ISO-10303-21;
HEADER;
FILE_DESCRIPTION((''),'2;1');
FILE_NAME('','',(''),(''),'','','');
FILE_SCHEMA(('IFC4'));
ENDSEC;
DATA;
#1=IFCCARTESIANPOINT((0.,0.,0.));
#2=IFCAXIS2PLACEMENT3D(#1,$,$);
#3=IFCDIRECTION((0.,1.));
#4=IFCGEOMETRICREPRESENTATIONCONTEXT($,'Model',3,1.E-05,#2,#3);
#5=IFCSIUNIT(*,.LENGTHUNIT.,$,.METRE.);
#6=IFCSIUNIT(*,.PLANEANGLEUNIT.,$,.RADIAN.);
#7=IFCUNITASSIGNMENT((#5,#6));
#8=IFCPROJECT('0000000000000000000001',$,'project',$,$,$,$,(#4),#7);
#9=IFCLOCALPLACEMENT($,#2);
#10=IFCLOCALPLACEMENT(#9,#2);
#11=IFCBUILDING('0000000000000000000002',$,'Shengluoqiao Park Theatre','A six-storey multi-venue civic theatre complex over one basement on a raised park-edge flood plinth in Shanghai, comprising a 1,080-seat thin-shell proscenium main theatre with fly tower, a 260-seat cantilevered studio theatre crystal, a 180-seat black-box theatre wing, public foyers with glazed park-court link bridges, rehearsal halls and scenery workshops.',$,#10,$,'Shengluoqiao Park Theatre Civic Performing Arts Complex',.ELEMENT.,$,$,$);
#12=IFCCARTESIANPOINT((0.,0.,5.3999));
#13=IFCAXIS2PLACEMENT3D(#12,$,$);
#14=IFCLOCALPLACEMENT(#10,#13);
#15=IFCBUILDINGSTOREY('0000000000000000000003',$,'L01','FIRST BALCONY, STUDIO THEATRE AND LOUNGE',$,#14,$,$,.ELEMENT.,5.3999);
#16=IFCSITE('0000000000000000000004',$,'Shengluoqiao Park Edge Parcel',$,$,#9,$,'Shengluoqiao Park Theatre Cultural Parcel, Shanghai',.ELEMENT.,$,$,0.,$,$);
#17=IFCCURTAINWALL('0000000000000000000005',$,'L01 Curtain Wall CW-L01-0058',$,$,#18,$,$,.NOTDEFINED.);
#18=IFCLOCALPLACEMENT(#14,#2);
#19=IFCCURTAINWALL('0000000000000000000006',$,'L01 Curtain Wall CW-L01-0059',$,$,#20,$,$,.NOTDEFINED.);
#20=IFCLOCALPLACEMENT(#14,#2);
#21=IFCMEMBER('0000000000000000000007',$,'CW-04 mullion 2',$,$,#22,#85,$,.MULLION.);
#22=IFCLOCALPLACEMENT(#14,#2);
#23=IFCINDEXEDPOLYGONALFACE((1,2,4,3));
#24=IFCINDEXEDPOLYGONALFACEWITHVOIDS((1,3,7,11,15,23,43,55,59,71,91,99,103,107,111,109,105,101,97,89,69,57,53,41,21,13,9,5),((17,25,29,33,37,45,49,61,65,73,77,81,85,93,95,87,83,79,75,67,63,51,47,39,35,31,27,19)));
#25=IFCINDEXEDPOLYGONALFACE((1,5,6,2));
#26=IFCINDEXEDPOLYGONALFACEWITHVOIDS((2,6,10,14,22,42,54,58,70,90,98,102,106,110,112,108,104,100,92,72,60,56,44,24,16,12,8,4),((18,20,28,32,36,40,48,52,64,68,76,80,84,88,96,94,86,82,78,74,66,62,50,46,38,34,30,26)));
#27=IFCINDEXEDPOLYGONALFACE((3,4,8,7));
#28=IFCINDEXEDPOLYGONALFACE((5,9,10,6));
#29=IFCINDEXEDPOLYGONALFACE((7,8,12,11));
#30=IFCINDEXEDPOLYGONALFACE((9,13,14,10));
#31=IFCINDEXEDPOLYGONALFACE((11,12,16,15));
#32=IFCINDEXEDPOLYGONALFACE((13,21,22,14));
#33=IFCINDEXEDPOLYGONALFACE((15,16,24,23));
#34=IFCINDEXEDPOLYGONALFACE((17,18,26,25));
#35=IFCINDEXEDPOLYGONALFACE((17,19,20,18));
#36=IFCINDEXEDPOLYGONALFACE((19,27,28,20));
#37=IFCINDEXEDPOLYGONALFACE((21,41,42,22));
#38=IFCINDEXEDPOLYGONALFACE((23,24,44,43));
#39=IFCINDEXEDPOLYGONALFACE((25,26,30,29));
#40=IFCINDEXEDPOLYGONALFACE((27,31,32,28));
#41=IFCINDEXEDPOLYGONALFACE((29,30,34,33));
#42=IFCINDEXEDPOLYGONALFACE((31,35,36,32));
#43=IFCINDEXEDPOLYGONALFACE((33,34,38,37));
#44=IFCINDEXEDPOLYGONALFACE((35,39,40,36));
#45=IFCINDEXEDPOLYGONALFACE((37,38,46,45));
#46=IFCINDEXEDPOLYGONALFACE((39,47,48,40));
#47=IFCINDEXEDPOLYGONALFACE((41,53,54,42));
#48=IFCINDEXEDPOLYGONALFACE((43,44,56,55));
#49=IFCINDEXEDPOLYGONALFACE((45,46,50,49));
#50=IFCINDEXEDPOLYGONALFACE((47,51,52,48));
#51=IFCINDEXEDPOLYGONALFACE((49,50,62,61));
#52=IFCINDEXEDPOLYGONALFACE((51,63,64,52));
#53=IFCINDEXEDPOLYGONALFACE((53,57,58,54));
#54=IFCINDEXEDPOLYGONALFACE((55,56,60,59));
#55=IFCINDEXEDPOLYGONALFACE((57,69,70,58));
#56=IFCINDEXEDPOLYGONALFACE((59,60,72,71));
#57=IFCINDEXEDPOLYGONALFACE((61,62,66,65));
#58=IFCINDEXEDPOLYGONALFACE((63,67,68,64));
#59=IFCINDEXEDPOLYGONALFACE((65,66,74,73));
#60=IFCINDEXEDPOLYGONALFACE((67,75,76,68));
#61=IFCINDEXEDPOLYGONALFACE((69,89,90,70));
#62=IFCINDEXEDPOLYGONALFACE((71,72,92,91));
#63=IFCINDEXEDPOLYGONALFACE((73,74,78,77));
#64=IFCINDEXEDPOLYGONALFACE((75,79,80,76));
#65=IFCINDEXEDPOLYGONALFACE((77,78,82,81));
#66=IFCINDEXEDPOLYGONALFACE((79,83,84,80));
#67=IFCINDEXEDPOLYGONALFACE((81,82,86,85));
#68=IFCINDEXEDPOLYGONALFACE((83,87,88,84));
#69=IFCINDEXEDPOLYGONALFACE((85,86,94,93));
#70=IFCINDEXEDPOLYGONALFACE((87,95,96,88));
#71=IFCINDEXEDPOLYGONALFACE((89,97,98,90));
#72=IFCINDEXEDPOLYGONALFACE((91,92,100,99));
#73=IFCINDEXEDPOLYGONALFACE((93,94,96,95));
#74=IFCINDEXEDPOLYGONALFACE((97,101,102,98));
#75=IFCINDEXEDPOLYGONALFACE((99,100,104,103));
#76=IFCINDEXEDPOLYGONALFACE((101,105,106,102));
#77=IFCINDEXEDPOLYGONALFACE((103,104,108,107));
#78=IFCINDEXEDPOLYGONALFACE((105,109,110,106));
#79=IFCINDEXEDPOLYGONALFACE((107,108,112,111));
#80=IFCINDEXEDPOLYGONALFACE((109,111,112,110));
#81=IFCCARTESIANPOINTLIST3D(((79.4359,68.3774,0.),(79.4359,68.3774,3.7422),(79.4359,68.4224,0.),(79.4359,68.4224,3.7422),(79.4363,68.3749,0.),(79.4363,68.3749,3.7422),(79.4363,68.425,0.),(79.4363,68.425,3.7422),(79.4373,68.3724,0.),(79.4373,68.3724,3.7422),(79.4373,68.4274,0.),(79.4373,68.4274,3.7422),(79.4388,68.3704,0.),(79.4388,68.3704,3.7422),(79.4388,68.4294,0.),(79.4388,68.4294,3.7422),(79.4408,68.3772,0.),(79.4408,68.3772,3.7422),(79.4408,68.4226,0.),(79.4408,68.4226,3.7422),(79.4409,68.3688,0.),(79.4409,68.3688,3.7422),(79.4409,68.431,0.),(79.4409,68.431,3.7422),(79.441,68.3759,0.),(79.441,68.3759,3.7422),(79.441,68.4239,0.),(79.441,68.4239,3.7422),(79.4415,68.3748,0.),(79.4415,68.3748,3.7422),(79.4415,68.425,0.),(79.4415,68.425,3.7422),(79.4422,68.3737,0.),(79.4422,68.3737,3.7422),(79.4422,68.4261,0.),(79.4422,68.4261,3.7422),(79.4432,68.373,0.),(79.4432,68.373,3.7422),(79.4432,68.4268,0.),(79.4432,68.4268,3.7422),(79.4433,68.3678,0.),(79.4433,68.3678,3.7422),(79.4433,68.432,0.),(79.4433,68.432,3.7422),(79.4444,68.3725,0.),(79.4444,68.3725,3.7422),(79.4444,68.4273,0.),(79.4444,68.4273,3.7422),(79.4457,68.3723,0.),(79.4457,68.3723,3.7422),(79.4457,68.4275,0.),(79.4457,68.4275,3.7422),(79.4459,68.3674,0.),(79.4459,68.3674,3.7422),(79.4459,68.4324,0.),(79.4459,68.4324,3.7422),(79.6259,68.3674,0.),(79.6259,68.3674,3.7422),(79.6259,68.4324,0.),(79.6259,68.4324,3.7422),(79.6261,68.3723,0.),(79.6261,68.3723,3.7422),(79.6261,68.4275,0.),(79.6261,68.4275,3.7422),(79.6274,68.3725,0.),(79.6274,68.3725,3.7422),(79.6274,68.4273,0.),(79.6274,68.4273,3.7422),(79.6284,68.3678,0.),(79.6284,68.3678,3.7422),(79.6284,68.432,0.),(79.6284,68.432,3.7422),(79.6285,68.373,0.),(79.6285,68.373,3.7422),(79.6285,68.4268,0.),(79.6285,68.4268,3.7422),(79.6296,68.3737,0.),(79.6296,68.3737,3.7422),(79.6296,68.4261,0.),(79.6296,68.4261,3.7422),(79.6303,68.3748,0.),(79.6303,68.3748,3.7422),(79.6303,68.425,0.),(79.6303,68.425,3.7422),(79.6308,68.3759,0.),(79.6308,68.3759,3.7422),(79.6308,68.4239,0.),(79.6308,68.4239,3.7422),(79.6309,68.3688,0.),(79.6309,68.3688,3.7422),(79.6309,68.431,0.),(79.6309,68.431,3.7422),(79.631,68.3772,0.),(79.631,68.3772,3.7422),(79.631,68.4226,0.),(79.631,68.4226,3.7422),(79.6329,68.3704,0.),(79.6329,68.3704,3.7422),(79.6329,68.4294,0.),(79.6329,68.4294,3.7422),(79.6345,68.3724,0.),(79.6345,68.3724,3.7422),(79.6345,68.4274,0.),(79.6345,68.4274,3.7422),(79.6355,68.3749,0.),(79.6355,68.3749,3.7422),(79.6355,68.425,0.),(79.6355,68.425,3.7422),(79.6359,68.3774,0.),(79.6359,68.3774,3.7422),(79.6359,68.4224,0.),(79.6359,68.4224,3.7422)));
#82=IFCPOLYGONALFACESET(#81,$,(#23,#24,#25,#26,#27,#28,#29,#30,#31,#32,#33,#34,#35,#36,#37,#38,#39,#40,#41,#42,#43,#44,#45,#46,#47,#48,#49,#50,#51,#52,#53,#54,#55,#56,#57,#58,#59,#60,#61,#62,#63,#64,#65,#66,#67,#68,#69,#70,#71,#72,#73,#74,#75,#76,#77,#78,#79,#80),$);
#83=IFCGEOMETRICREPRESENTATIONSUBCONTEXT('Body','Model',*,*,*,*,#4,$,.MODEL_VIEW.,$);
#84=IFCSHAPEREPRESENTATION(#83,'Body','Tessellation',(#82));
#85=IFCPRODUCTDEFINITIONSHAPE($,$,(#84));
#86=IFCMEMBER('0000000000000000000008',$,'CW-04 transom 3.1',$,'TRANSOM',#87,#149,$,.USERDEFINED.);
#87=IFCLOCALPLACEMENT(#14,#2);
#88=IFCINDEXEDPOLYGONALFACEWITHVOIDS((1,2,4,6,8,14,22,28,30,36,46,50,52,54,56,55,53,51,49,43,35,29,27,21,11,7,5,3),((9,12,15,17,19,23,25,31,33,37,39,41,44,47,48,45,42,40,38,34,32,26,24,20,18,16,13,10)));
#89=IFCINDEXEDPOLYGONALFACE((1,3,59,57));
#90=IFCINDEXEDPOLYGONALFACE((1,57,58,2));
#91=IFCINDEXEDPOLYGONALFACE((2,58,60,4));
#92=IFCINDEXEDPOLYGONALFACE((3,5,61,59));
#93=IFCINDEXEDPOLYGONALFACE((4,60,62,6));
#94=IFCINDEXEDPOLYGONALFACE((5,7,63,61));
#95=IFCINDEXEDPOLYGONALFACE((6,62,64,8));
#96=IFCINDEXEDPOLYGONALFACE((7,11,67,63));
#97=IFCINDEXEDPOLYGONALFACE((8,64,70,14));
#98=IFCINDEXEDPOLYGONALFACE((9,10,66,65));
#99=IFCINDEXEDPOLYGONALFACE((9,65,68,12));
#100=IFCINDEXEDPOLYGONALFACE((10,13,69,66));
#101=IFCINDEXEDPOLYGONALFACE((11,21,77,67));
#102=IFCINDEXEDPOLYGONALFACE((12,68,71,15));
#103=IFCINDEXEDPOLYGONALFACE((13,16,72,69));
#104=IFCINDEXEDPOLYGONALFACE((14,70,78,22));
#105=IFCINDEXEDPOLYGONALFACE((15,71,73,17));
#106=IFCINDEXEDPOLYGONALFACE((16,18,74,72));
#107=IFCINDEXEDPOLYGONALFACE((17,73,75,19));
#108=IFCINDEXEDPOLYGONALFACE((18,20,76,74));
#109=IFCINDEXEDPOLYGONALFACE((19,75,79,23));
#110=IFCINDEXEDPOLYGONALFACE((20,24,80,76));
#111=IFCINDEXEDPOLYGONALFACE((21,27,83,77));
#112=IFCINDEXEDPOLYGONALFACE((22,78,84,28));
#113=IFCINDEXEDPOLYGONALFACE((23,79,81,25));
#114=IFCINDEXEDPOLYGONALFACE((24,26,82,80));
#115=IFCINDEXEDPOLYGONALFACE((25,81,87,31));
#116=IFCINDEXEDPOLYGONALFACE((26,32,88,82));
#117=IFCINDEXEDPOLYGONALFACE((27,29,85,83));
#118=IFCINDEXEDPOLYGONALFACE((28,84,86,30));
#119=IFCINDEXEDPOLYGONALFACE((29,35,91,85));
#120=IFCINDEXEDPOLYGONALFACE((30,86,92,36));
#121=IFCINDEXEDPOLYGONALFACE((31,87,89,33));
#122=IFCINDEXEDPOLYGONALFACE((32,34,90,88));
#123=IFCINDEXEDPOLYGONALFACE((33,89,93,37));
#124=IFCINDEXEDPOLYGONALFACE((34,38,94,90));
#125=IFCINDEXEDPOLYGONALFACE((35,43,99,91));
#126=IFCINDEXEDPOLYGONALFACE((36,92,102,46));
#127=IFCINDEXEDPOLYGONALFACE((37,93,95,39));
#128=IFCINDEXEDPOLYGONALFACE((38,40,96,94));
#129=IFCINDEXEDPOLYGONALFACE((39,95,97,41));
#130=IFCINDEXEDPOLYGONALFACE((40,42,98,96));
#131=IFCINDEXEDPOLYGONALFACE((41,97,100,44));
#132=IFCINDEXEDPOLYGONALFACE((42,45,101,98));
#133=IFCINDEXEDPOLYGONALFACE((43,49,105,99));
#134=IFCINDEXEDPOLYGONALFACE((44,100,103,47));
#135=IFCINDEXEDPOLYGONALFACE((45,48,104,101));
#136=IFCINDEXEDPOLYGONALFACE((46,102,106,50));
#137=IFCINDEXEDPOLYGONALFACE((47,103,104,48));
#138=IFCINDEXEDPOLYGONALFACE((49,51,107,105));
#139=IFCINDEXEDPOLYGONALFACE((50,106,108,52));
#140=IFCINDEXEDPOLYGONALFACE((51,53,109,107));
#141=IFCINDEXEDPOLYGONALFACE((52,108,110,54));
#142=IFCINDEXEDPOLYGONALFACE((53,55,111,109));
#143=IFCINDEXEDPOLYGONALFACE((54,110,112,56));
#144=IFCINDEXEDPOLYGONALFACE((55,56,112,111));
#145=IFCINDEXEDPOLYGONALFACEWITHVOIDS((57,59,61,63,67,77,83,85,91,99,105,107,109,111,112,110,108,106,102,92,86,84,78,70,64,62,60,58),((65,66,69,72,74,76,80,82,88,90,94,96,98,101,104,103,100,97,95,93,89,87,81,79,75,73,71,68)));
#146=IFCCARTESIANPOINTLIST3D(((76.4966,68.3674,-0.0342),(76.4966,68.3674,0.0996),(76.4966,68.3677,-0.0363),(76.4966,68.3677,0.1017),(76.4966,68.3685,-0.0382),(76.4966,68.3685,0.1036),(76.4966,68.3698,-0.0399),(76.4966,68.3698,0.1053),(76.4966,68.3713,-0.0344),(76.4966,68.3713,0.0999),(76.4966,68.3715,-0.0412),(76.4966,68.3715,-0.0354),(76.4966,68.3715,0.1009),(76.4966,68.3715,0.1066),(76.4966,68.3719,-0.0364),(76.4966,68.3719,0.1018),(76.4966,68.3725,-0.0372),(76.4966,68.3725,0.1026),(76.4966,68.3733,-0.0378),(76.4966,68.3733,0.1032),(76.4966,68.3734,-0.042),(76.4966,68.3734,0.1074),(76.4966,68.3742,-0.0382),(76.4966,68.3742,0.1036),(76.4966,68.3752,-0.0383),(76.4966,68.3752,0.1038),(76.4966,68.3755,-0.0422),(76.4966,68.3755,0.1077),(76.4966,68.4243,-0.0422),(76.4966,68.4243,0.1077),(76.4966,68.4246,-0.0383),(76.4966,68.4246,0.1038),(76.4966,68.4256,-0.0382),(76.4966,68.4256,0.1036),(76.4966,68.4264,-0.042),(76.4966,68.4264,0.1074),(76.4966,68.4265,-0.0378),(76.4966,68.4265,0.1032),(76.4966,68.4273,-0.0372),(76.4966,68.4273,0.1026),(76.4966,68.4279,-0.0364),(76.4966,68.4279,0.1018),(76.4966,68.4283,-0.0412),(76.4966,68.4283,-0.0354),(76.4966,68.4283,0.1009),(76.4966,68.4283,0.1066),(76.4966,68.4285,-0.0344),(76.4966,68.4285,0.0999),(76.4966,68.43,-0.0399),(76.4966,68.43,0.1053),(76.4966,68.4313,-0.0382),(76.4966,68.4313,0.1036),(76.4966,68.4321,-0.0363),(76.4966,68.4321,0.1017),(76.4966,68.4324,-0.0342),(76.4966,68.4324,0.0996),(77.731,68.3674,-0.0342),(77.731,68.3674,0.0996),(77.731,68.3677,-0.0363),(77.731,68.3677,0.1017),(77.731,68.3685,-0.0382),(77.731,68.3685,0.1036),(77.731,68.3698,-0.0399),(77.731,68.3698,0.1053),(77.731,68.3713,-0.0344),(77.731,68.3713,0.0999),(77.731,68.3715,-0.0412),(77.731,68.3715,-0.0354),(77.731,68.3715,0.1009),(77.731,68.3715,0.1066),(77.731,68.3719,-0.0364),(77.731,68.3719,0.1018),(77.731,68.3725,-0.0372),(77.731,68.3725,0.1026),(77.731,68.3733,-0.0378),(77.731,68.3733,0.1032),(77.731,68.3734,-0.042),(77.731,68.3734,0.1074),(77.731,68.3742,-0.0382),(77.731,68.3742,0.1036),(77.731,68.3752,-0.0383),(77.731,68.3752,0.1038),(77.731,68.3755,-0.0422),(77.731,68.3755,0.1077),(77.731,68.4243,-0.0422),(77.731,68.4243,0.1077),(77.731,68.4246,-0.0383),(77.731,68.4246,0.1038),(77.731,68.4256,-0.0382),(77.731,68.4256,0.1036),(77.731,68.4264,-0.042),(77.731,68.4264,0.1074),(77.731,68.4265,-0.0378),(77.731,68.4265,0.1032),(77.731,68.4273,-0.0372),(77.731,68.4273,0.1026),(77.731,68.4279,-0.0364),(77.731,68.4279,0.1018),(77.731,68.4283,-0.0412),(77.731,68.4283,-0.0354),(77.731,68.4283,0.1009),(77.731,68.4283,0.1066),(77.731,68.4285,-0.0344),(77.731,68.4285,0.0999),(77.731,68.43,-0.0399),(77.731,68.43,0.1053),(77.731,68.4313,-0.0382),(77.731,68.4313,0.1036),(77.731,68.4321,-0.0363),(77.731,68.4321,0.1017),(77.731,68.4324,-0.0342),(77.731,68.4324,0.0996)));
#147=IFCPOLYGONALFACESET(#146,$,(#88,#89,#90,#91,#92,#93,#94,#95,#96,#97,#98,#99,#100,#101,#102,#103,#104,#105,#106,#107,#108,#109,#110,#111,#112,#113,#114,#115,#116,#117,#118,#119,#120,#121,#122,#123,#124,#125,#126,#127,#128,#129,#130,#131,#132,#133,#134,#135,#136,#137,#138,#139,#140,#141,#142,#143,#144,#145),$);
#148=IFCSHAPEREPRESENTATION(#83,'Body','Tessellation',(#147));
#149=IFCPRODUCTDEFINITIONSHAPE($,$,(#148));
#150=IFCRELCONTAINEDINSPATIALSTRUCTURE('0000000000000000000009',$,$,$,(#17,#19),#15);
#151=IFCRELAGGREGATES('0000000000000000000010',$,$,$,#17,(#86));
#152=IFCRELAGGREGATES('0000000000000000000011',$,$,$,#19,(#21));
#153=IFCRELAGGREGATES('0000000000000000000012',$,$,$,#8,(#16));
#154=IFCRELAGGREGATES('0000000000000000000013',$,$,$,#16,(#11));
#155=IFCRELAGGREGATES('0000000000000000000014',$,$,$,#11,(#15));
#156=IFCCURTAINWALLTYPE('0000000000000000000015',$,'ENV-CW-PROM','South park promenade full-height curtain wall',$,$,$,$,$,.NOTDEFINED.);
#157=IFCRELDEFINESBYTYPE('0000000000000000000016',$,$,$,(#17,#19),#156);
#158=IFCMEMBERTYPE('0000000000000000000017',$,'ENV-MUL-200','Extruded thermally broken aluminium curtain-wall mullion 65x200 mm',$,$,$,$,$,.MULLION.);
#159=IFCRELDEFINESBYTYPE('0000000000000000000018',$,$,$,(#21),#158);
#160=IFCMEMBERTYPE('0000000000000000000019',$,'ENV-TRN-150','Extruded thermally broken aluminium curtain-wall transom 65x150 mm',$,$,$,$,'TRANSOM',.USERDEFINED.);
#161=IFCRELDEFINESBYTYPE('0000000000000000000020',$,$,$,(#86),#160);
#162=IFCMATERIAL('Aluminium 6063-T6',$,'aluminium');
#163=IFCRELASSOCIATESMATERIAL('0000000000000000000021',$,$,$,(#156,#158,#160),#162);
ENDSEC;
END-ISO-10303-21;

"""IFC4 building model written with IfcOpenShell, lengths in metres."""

from ifc_helpers import new_model, si_unit, direction, frame, origin, origin_2d, place, context, subcontext, project, spatial, hollow_rectangle, extrude, material, material_profile, profile_set, type_object, element, aggregate, save


model = new_model("IFC4")

# Units and contexts
model_context = context("Model", 3, precision=1e-05, world=origin(), true_north=direction((0.0, 1.0)))
body_context = subcontext(model_context, "Body", "Model", "MODEL_VIEW")
ifc_project = project(units=[si_unit("LENGTHUNIT", "METRE"), si_unit("PLANEANGLEUNIT", "RADIAN")], contexts=[model_context])

# Site, building, storey
site_placement = place(None, origin())
site = spatial("IfcSite", under=ifc_project, at=site_placement, Name="Shengluoqiao Park Edge Parcel", LongName="Shengluoqiao Park Theatre Cultural Parcel, Shanghai", CompositionType="ELEMENT", RefElevation=0.0)
building_placement = place(site_placement, origin())
building = spatial("IfcBuilding", under=site, at=building_placement, Name="Shengluoqiao Park Theatre", Description="A six-storey multi-venue civic theatre complex over one basement on a raised park-edge flood plinth in Shanghai, comprising a 1,080-seat thin-shell proscenium main theatre with fly tower, a 260-seat cantilevered studio theatre crystal, a 180-seat black-box theatre wing, public foyers with glazed park-court link bridges, rehearsal halls and scenery workshops.", LongName="Shengluoqiao Park Theatre Civic Performing Arts Complex", CompositionType="ELEMENT")
storey_placement = place(building_placement, frame((0.0, 0.0, 5.3999)))
storey = spatial("IfcBuildingStorey", under=building, at=storey_placement, Name="L01", Description="FIRST BALCONY, STUDIO THEATRE AND LOUNGE", CompositionType="ELEMENT", Elevation=5.3999)

# Curtain walls, member
ifc_material_1 = material(Name="Aluminium 6063-T6", Category="aluminium")
curtain_wall_type = type_object("IfcCurtainWallType", Name="ENV-CW-PROM", Description="South park promenade full-height curtain wall", PredefinedType="NOTDEFINED", material=ifc_material_1)
curtain_wall_1_placement = place(storey_placement, origin())
curtain_wall_1 = element("IfcCurtainWall", 1, at=curtain_wall_1_placement, inside=storey, type_object=curtain_wall_type, Name="L01 Curtain Wall CW-L01-0058", PredefinedType="NOTDEFINED")
ifc_material_profile_1 = material_profile(ifc_material_1, hollow_rectangle(XDim=0.0649, YDim=0.2, WallThickness=0.0049, InnerFilletRadius=0.0049, OuterFilletRadius=0.01, at=origin_2d()), Name="ALU MULLION 200x65x5")
ifc_profile_set_1 = profile_set([ifc_material_profile_1], Name="Aluminium 6063-T6")
member_type_1 = type_object("IfcMemberType", Name="ENV-MUL-200", Description="Extruded thermally broken aluminium curtain-wall mullion 65x200 mm", PredefinedType="MULLION", material=ifc_profile_set_1)
curtain_wall_2_placement = place(storey_placement, origin())
curtain_wall_2 = element("IfcCurtainWall", 2, at=curtain_wall_2_placement, inside=storey, type_object=curtain_wall_type, Name="L01 Curtain Wall CW-L01-0059", PredefinedType="NOTDEFINED")
member_1_placement = place(storey_placement, frame((79.5359, 68.3999, 0.0), z_axis=(0.0, 0.0, 1.0), x_axis=(0.0, 1.0, 0.0)))
member_1 = element("IfcMember", 3, at=member_1_placement, type_object=member_type_1, Name="CW-04 mullion 2", PredefinedType="MULLION", context=body_context, shape_type="SweptSolid", body=[
    extrude(hollow_rectangle(XDim=0.0649, YDim=0.2, WallThickness=0.0049, InnerFilletRadius=0.0049, OuterFilletRadius=0.01, at=origin_2d()), origin(), (0.0, 0.0, 1.0), 3.7422),
])

# Member
ifc_material_profile_2 = material_profile(ifc_material_1, hollow_rectangle(XDim=0.0649, YDim=0.1499, WallThickness=0.0039, InnerFilletRadius=0.0039, OuterFilletRadius=0.0081, at=origin_2d()), Name="ALU TRANSOM 150x65x4")
ifc_profile_set_2 = profile_set([ifc_material_profile_2], Name="Aluminium 6063-T6")
member_type_2 = type_object("IfcMemberType", Name="ENV-TRN-150", Description="Extruded thermally broken aluminium curtain-wall transom 65x150 mm", ElementType="TRANSOM", PredefinedType="USERDEFINED", material=ifc_profile_set_2)
member_2_placement = place(storey_placement, frame((76.4966, 68.3999, 0.0327), z_axis=(1.0, 0.0, 0.0), x_axis=(0.0, 1.0, 0.0)))
member_2 = element("IfcMember", 4, at=member_2_placement, type_object=member_type_2, Name="CW-04 transom 3.1", ObjectType="TRANSOM", PredefinedType="USERDEFINED", context=body_context, shape_type="SweptSolid", body=[
    extrude(hollow_rectangle(XDim=0.0649, YDim=0.1499, WallThickness=0.0039, InnerFilletRadius=0.0039, OuterFilletRadius=0.0081, at=origin_2d()), origin(), (0.0, 0.0, 1.0), 1.2344),
])

aggregate(curtain_wall_1, [member_2])
aggregate(curtain_wall_2, [member_1])

save(model, "model.ifc")
